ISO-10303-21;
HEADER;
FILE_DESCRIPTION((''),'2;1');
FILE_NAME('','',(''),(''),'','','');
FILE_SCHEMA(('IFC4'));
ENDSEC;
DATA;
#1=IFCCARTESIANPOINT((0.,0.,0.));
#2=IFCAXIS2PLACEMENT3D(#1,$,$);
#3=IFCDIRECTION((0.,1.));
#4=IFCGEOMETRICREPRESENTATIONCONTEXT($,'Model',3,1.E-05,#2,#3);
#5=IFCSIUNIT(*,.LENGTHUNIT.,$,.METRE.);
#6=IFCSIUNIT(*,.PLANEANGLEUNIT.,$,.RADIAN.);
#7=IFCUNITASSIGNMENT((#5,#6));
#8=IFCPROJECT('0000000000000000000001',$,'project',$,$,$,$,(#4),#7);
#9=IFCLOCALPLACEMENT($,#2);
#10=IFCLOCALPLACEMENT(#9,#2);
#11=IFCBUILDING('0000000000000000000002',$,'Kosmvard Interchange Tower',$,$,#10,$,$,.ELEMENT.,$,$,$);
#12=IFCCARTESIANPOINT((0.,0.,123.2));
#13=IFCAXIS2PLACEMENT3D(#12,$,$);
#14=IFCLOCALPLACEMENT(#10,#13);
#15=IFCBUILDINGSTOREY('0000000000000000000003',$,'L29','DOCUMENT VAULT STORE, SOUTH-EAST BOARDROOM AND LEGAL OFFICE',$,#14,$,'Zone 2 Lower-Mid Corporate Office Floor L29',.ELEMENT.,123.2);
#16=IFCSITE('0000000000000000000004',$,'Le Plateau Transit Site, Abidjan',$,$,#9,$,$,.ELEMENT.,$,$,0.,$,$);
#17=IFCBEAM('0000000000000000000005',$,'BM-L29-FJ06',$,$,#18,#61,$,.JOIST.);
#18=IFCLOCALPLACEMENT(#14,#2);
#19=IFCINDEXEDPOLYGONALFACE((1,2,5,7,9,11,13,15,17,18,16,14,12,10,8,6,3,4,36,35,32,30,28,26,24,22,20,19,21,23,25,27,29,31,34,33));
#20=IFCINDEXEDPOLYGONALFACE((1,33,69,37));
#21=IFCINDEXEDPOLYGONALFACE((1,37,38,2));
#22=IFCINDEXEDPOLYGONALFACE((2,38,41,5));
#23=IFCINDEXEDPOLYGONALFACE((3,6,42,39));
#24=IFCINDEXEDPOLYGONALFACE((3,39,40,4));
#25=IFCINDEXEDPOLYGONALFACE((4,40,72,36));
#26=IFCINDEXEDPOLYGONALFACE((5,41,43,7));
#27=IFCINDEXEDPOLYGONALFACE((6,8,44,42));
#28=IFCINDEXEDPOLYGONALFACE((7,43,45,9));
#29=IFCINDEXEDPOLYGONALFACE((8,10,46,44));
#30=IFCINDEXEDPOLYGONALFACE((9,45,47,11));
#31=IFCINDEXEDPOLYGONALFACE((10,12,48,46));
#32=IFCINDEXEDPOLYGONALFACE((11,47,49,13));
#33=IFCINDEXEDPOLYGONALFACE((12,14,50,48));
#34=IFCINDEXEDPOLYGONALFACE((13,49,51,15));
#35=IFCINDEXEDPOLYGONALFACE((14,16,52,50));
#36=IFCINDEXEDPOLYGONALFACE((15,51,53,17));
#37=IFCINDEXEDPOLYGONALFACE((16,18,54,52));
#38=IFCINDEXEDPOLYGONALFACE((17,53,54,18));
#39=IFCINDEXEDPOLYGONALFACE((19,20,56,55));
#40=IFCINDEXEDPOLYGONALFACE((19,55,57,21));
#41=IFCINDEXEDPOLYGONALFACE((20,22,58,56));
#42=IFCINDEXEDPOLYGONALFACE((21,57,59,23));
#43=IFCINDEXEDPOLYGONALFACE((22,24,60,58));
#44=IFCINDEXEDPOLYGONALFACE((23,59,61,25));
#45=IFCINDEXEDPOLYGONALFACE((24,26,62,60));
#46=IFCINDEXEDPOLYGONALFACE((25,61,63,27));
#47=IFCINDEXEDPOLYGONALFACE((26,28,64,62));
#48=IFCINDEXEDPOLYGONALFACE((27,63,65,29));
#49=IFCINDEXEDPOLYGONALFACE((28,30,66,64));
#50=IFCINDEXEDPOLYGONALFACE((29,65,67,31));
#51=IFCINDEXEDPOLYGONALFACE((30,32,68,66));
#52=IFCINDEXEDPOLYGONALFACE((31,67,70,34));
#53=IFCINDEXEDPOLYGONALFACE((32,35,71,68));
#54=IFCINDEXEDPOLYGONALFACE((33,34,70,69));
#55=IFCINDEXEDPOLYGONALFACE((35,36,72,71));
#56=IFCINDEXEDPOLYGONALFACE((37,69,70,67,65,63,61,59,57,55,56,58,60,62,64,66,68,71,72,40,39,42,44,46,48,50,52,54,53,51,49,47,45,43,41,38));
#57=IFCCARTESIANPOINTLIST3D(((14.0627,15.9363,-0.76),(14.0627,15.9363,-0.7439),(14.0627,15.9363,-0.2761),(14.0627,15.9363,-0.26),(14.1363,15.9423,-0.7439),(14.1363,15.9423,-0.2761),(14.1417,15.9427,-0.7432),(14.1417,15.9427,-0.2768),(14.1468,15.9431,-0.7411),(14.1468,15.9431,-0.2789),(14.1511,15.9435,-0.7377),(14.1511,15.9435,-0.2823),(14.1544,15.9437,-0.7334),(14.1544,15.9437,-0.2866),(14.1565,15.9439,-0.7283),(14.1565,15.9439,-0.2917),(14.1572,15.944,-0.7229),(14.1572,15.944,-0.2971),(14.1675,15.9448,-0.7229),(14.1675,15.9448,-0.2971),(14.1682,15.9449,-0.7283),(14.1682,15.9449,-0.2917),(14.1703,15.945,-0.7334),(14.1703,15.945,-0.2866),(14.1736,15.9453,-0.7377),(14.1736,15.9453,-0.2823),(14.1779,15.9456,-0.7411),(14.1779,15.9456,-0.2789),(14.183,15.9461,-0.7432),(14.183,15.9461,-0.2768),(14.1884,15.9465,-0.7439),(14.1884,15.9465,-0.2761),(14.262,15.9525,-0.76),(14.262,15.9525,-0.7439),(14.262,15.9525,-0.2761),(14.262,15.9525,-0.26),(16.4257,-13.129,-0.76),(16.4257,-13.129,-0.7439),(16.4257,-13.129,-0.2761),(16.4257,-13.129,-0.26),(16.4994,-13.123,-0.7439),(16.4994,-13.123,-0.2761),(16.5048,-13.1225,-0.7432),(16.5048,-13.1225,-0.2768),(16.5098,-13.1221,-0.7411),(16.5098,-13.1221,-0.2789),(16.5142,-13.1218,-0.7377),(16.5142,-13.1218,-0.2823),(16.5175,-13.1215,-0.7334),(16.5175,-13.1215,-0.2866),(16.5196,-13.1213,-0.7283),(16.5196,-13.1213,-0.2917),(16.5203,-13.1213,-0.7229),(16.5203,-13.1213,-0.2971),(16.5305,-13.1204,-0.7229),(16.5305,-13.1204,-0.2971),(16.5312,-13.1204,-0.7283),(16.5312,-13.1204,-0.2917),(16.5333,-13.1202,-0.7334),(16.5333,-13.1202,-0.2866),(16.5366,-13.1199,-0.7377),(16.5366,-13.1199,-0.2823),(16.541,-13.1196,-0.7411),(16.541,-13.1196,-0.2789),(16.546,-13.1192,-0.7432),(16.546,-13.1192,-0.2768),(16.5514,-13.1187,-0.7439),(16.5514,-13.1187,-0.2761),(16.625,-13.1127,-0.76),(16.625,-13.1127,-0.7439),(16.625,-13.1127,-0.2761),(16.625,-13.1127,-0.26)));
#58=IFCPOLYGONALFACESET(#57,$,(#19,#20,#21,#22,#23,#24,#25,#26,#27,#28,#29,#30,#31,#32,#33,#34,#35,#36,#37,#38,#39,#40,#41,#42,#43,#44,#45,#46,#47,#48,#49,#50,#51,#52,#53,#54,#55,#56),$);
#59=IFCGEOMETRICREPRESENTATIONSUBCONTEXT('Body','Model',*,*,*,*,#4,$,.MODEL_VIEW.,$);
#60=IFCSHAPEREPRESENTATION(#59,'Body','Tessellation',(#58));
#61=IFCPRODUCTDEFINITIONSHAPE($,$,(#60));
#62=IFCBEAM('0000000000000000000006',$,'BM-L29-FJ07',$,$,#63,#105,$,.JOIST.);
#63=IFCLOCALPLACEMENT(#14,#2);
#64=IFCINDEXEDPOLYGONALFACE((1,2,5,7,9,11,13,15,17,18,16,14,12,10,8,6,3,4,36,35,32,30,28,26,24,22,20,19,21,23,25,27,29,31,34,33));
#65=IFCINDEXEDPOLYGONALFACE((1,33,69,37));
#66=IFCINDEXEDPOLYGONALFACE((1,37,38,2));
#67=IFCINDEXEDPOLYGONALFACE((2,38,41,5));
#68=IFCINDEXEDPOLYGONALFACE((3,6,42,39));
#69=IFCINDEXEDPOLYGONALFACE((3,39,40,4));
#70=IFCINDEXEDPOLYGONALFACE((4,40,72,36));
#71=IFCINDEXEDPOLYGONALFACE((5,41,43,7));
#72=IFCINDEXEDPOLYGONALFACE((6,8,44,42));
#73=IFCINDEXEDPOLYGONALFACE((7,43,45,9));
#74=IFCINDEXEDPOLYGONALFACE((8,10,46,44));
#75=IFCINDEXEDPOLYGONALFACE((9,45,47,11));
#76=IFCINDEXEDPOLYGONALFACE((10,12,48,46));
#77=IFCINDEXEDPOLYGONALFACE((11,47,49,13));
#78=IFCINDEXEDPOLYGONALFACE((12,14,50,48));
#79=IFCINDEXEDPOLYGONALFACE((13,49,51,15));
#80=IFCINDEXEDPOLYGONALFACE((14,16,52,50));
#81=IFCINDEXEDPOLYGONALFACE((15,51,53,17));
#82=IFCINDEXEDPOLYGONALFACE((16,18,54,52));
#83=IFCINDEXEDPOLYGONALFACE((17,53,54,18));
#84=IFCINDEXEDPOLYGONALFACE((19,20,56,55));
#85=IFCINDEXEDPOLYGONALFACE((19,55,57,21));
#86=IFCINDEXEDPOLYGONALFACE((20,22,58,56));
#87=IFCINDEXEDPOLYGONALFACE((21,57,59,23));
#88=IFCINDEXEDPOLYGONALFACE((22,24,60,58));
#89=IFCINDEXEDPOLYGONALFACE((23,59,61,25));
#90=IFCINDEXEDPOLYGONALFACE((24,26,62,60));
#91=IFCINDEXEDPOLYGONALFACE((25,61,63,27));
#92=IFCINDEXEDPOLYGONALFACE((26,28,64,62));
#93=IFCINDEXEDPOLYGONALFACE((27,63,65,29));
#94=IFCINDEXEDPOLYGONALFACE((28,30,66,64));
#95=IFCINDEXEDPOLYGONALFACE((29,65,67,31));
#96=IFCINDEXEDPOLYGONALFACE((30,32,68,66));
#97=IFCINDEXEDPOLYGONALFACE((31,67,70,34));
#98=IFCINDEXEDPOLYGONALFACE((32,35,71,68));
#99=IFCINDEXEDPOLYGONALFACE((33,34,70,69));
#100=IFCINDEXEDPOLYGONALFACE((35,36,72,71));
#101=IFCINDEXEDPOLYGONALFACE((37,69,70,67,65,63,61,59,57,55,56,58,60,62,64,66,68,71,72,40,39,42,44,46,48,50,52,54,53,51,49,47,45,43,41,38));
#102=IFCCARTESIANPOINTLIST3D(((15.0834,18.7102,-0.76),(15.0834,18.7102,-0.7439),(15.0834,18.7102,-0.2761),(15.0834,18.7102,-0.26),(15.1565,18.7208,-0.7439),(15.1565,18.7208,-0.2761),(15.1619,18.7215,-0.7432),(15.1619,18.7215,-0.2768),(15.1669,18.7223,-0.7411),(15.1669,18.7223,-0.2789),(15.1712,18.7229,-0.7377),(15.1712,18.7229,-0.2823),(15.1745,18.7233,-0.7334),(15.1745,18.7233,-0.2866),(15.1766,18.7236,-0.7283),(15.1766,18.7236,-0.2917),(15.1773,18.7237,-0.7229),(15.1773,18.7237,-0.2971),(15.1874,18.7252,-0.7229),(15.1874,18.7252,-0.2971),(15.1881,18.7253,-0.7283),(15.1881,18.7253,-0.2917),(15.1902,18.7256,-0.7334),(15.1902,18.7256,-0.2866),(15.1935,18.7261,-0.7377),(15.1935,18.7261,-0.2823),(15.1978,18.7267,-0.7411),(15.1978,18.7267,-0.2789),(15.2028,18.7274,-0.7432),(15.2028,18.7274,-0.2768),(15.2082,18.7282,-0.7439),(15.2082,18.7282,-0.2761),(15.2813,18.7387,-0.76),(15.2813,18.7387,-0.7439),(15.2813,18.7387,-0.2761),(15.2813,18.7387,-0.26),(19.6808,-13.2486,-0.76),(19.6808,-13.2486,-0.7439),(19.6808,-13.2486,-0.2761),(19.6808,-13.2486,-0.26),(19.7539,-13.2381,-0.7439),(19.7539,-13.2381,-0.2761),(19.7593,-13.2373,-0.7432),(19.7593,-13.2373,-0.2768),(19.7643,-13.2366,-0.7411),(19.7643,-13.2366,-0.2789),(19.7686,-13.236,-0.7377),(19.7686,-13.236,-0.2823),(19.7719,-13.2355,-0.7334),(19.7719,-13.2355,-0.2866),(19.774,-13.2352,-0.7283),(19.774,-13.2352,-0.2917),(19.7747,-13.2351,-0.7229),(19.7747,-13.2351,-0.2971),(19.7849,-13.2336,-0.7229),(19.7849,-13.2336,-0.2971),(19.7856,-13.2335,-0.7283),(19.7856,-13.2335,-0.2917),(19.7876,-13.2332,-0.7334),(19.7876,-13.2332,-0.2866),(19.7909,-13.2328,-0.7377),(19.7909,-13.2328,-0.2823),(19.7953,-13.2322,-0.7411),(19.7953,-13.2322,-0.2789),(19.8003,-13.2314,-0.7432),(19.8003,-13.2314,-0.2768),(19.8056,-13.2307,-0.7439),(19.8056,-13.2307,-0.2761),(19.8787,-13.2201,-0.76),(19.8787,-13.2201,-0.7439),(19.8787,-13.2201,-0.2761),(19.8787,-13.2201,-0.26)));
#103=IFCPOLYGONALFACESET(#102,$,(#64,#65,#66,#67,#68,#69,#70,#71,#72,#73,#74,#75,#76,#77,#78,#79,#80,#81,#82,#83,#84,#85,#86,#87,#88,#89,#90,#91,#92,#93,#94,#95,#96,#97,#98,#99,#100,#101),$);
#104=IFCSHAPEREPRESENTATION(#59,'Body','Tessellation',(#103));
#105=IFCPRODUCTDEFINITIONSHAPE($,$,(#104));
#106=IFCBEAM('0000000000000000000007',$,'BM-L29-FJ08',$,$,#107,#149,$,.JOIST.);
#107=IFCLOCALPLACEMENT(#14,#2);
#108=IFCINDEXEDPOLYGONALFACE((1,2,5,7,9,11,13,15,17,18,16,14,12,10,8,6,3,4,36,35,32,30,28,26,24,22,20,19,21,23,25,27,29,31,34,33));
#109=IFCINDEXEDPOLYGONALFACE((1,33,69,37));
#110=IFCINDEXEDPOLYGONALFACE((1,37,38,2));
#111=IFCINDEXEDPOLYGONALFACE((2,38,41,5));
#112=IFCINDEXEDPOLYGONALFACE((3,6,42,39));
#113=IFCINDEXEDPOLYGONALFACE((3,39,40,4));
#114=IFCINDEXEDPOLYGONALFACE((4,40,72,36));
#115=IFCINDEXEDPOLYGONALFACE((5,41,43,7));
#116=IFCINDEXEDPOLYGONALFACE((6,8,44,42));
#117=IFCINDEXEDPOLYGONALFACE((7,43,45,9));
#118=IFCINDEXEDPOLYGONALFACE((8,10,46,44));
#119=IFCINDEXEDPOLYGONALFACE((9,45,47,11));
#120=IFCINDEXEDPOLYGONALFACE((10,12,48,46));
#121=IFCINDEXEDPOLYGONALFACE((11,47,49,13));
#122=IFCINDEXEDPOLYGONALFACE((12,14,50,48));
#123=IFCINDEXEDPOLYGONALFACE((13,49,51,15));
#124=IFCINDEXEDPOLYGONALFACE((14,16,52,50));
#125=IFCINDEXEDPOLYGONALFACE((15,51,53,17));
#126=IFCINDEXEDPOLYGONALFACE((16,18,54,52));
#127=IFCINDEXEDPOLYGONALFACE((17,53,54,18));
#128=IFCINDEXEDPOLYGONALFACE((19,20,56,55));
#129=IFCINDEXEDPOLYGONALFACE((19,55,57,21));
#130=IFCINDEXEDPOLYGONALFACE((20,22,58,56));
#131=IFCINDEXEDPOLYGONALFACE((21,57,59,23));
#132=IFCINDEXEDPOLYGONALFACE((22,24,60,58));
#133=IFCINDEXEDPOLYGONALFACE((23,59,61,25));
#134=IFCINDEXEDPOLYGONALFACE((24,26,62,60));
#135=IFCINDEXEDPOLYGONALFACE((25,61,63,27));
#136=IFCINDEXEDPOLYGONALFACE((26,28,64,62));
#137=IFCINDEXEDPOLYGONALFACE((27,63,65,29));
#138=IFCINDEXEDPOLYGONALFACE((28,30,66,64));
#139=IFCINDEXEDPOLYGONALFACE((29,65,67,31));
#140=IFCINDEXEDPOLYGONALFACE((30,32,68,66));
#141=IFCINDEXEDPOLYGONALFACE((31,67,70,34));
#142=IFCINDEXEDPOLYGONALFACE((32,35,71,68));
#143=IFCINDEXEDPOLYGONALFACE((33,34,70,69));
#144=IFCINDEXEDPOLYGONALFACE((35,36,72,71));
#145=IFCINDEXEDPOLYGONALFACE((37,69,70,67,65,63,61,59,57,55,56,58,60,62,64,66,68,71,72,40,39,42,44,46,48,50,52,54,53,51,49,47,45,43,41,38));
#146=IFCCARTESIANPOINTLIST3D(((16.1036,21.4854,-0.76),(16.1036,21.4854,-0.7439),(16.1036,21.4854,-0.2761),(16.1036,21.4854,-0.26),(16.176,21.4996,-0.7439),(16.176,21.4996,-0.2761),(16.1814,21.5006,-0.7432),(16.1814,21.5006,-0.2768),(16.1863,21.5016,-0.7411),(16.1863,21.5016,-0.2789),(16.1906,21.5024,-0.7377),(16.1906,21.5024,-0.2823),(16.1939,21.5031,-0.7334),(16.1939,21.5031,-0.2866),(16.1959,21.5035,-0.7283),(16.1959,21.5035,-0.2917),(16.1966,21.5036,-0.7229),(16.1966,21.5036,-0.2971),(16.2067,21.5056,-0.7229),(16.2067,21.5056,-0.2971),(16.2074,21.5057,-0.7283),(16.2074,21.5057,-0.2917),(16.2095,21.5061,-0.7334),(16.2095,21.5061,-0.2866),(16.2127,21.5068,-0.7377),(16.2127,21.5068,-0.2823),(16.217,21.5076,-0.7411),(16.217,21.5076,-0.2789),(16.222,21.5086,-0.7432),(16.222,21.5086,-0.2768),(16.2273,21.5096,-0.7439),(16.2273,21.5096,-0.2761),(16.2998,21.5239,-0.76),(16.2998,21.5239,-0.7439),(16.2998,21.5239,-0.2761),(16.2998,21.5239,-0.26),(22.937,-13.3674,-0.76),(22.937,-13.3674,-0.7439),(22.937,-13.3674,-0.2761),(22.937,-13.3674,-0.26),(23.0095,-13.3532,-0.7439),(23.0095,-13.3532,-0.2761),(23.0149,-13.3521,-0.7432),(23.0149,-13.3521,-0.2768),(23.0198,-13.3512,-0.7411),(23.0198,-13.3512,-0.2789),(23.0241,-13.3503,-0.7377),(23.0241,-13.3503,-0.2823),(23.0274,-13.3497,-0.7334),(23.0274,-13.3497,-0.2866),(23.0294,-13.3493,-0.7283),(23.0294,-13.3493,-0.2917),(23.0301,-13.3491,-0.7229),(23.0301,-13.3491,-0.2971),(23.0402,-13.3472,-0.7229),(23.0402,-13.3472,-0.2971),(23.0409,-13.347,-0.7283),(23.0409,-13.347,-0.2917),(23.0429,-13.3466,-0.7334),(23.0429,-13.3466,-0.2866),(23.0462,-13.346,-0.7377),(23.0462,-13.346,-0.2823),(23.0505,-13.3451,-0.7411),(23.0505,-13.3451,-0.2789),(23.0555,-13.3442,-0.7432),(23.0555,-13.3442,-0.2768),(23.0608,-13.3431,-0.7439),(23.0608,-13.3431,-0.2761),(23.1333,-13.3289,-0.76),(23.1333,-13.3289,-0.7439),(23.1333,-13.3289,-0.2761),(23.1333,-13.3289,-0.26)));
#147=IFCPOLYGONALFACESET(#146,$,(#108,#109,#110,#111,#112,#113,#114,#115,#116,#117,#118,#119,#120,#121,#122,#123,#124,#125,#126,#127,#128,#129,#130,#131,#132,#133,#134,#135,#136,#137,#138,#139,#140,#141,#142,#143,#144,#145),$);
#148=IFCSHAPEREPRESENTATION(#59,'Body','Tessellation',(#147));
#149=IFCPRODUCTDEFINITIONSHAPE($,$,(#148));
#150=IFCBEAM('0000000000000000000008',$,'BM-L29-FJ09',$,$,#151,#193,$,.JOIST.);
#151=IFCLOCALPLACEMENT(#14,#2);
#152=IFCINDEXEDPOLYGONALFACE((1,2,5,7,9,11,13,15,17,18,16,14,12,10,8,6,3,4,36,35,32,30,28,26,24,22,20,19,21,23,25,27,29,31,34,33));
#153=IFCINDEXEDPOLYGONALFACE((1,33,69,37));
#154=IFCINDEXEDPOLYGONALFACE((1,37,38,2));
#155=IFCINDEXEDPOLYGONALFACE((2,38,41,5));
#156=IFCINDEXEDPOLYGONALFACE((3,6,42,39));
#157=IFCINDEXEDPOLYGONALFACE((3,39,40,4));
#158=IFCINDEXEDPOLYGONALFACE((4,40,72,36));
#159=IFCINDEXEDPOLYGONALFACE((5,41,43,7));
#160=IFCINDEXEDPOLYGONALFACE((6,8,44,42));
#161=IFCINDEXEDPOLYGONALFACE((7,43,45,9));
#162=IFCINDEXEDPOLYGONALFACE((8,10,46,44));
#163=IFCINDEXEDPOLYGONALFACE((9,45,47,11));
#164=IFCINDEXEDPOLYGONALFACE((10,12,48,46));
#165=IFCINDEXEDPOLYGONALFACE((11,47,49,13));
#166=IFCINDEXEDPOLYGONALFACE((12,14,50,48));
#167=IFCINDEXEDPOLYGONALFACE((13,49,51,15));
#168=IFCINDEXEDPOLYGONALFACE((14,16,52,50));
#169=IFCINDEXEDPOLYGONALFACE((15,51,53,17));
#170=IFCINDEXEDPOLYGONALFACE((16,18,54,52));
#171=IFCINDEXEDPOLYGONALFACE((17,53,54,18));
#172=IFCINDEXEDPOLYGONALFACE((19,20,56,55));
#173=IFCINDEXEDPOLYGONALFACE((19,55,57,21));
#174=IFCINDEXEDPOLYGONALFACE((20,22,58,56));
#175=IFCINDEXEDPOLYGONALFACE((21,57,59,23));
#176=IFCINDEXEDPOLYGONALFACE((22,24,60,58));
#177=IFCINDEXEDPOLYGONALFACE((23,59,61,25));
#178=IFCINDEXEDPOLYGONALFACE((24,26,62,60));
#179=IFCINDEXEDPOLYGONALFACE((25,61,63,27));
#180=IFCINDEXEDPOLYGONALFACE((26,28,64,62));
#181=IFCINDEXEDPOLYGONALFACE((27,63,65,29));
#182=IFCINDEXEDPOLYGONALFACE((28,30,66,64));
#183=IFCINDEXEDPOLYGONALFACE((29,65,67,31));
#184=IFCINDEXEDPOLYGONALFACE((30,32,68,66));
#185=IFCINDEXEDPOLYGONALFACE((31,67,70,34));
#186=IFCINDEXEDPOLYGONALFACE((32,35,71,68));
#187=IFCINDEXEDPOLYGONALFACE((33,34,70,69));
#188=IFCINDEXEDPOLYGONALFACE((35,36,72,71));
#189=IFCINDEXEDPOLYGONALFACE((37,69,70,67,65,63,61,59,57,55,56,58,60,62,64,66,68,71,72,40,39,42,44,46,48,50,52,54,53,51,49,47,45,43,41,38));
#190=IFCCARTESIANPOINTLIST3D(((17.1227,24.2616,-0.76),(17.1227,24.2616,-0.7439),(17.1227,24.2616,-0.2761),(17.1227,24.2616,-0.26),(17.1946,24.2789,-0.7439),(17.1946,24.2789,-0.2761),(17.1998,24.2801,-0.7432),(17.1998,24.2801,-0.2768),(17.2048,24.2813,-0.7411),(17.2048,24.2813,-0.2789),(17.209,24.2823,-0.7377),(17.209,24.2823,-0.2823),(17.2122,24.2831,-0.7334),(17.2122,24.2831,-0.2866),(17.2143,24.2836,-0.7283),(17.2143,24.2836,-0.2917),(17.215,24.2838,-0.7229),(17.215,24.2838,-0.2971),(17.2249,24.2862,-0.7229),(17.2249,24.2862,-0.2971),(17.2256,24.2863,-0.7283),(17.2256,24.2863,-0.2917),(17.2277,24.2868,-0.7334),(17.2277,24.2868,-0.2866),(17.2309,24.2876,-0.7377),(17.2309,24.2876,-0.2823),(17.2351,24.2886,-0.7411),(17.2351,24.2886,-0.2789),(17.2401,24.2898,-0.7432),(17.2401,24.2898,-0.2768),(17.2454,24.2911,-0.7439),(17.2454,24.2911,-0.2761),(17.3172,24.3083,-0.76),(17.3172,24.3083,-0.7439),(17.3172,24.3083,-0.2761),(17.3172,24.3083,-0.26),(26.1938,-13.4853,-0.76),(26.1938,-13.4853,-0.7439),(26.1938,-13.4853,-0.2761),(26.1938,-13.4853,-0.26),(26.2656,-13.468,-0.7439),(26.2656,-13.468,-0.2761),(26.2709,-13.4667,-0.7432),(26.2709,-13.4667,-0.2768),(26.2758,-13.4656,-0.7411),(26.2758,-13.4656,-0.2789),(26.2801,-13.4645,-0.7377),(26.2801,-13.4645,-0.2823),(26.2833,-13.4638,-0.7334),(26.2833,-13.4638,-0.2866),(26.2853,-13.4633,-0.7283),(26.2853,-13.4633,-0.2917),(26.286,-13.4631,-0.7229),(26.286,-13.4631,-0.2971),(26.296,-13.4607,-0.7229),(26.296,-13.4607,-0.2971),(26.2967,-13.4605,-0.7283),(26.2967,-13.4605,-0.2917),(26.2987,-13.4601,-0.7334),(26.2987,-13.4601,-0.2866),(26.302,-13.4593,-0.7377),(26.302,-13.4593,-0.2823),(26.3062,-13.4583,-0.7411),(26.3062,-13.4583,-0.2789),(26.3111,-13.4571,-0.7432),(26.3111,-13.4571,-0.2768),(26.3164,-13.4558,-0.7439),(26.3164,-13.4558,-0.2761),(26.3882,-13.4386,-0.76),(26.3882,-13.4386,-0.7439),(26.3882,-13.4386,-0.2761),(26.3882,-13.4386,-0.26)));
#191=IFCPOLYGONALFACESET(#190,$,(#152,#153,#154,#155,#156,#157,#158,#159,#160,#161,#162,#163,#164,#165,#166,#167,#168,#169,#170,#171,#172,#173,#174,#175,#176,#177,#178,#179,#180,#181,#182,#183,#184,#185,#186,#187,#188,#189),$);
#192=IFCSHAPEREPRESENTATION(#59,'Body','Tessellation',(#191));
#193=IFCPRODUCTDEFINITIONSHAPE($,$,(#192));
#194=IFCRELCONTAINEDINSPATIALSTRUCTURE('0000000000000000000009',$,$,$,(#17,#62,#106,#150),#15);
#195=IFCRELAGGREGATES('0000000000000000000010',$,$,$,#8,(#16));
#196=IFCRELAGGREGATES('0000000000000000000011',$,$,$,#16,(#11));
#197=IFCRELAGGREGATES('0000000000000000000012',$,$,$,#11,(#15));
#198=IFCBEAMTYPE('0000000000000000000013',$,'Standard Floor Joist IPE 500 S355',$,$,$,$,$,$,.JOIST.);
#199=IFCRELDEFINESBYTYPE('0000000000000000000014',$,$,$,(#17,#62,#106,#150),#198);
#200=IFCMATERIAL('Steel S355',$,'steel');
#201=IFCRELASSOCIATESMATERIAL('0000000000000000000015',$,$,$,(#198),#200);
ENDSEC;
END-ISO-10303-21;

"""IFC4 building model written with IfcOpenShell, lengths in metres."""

from ifc_helpers import new_model, si_unit, direction, frame, origin, origin_2d, place, context, subcontext, project, spatial, i_section, extrude, source, transform, mapped, material, material_profile, profile_set, type_object, element, save


model = new_model("IFC4")

# Units and contexts
model_context = context("Model", 3, precision=1e-05, world=origin(), true_north=direction((0.0, 1.0)))
body_context = subcontext(model_context, "Body", "Model", "MODEL_VIEW")
ifc_project = project(units=[si_unit("LENGTHUNIT", "METRE"), si_unit("PLANEANGLEUNIT", "RADIAN")], contexts=[model_context])

# Site, building, storey
site_placement = place(None, origin())
site = spatial("IfcSite", under=ifc_project, at=site_placement, Name="Le Plateau Transit Site, Abidjan", CompositionType="ELEMENT", RefElevation=0.0)
building_placement = place(site_placement, origin())
building = spatial("IfcBuilding", under=site, at=building_placement, Name="Kosmvard Interchange Tower", CompositionType="ELEMENT")
storey_placement = place(building_placement, frame((0.0, 0.0, 123.2)))
storey = spatial("IfcBuildingStorey", under=building, at=storey_placement, Name="L29", Description="DOCUMENT VAULT STORE, SOUTH-EAST BOARDROOM AND LEGAL OFFICE", LongName="Zone 2 Lower-Mid Corporate Office Floor L29", CompositionType="ELEMENT", Elevation=123.2)

# Beams
ifc_material_1 = material(Name="Steel S355", Category="steel")
ifc_material_profile_1 = material_profile(ifc_material_1, i_section(OverallWidth=0.2, OverallDepth=0.5, WebThickness=0.0103, FlangeThickness=0.0161, FilletRadius=0.021, at=origin_2d()), Name="IPE 500")
ifc_profile_set_1 = profile_set([ifc_material_profile_1], Name="Steel S355")
beam_type_1 = type_object("IfcBeamType", Name="Standard Floor Joist IPE 500 S355", PredefinedType="JOIST", material=ifc_profile_set_1)
shared_shape_1 = source(origin(), body_context, "Body", "SweptSolid", [
    extrude(i_section(OverallWidth=0.2, OverallDepth=0.5, WebThickness=0.0103, FlangeThickness=0.0161, FilletRadius=0.021, at=origin_2d()), origin(), (0.0, 0.0, 1.0), 29.1611),
])
beam_1_placement = place(storey_placement, frame((16.5254, -13.1208, -0.51), z_axis=(-0.081034, 0.996711, 0.0), x_axis=(-0.996711, -0.081034, 0.0)))
element("IfcBeam", 1, at=beam_1_placement, inside=storey, type_object=beam_type_1, Name="BM-L29-FJ06", PredefinedType="JOIST", context=body_context, shape_type="MappedRepresentation", body=[
    mapped(shared_shape_1, transform((0.0, 0.0, 0.0), scale=1.0)),
])
shared_shape_2 = source(origin(), body_context, "Body", "SweptSolid", [
    extrude(i_section(OverallWidth=0.2, OverallDepth=0.5, WebThickness=0.0103, FlangeThickness=0.0161, FilletRadius=0.021, at=origin_2d()), origin(), (0.0, 0.0, 1.0), 32.2878),
])
beam_2_placement = place(storey_placement, frame((19.7798, -13.2344, -0.51), z_axis=(-0.142389, 0.989811, 0.0), x_axis=(-0.989811, -0.142389, 0.0)))
element("IfcBeam", 2, at=beam_2_placement, inside=storey, type_object=beam_type_1, Name="BM-L29-FJ07", PredefinedType="JOIST", context=body_context, shape_type="MappedRepresentation", body=[
    mapped(shared_shape_2, transform((0.0, 0.0, 0.0), scale=1.0)),
])
shared_shape_3 = source(origin(), body_context, "Body", "SweptSolid", [
    extrude(i_section(OverallWidth=0.2, OverallDepth=0.5, WebThickness=0.0103, FlangeThickness=0.0161, FilletRadius=0.021, at=origin_2d()), origin(), (0.0, 0.0, 1.0), 35.5164),
])
beam_3_placement = place(storey_placement, frame((23.0352, -13.3481, -0.51), z_axis=(-0.192404, 0.981316, 0.0), x_axis=(-0.981316, -0.192404, 0.0)))
element("IfcBeam", 3, at=beam_3_placement, inside=storey, type_object=beam_type_1, Name="BM-L29-FJ08", PredefinedType="JOIST", context=body_context, shape_type="MappedRepresentation", body=[
    mapped(shared_shape_3, transform((0.0, 0.0, 0.0), scale=1.0)),
])
shared_shape_4 = source(origin(), body_context, "Body", "SweptSolid", [
    extrude(i_section(OverallWidth=0.2, OverallDepth=0.5, WebThickness=0.0103, FlangeThickness=0.0161, FilletRadius=0.021, at=origin_2d()), origin(), (0.0, 0.0, 1.0), 38.8215),
])
beam_4_placement = place(storey_placement, frame((26.291, -13.4619, -0.51), z_axis=(-0.233661, 0.972318, 0.0), x_axis=(-0.972318, -0.233661, 0.0)))
element("IfcBeam", 4, at=beam_4_placement, inside=storey, type_object=beam_type_1, Name="BM-L29-FJ09", PredefinedType="JOIST", context=body_context, shape_type="MappedRepresentation", body=[
    mapped(shared_shape_4, transform((0.0, 0.0, 0.0), scale=1.0)),
])

save(model, "model.ifc")
